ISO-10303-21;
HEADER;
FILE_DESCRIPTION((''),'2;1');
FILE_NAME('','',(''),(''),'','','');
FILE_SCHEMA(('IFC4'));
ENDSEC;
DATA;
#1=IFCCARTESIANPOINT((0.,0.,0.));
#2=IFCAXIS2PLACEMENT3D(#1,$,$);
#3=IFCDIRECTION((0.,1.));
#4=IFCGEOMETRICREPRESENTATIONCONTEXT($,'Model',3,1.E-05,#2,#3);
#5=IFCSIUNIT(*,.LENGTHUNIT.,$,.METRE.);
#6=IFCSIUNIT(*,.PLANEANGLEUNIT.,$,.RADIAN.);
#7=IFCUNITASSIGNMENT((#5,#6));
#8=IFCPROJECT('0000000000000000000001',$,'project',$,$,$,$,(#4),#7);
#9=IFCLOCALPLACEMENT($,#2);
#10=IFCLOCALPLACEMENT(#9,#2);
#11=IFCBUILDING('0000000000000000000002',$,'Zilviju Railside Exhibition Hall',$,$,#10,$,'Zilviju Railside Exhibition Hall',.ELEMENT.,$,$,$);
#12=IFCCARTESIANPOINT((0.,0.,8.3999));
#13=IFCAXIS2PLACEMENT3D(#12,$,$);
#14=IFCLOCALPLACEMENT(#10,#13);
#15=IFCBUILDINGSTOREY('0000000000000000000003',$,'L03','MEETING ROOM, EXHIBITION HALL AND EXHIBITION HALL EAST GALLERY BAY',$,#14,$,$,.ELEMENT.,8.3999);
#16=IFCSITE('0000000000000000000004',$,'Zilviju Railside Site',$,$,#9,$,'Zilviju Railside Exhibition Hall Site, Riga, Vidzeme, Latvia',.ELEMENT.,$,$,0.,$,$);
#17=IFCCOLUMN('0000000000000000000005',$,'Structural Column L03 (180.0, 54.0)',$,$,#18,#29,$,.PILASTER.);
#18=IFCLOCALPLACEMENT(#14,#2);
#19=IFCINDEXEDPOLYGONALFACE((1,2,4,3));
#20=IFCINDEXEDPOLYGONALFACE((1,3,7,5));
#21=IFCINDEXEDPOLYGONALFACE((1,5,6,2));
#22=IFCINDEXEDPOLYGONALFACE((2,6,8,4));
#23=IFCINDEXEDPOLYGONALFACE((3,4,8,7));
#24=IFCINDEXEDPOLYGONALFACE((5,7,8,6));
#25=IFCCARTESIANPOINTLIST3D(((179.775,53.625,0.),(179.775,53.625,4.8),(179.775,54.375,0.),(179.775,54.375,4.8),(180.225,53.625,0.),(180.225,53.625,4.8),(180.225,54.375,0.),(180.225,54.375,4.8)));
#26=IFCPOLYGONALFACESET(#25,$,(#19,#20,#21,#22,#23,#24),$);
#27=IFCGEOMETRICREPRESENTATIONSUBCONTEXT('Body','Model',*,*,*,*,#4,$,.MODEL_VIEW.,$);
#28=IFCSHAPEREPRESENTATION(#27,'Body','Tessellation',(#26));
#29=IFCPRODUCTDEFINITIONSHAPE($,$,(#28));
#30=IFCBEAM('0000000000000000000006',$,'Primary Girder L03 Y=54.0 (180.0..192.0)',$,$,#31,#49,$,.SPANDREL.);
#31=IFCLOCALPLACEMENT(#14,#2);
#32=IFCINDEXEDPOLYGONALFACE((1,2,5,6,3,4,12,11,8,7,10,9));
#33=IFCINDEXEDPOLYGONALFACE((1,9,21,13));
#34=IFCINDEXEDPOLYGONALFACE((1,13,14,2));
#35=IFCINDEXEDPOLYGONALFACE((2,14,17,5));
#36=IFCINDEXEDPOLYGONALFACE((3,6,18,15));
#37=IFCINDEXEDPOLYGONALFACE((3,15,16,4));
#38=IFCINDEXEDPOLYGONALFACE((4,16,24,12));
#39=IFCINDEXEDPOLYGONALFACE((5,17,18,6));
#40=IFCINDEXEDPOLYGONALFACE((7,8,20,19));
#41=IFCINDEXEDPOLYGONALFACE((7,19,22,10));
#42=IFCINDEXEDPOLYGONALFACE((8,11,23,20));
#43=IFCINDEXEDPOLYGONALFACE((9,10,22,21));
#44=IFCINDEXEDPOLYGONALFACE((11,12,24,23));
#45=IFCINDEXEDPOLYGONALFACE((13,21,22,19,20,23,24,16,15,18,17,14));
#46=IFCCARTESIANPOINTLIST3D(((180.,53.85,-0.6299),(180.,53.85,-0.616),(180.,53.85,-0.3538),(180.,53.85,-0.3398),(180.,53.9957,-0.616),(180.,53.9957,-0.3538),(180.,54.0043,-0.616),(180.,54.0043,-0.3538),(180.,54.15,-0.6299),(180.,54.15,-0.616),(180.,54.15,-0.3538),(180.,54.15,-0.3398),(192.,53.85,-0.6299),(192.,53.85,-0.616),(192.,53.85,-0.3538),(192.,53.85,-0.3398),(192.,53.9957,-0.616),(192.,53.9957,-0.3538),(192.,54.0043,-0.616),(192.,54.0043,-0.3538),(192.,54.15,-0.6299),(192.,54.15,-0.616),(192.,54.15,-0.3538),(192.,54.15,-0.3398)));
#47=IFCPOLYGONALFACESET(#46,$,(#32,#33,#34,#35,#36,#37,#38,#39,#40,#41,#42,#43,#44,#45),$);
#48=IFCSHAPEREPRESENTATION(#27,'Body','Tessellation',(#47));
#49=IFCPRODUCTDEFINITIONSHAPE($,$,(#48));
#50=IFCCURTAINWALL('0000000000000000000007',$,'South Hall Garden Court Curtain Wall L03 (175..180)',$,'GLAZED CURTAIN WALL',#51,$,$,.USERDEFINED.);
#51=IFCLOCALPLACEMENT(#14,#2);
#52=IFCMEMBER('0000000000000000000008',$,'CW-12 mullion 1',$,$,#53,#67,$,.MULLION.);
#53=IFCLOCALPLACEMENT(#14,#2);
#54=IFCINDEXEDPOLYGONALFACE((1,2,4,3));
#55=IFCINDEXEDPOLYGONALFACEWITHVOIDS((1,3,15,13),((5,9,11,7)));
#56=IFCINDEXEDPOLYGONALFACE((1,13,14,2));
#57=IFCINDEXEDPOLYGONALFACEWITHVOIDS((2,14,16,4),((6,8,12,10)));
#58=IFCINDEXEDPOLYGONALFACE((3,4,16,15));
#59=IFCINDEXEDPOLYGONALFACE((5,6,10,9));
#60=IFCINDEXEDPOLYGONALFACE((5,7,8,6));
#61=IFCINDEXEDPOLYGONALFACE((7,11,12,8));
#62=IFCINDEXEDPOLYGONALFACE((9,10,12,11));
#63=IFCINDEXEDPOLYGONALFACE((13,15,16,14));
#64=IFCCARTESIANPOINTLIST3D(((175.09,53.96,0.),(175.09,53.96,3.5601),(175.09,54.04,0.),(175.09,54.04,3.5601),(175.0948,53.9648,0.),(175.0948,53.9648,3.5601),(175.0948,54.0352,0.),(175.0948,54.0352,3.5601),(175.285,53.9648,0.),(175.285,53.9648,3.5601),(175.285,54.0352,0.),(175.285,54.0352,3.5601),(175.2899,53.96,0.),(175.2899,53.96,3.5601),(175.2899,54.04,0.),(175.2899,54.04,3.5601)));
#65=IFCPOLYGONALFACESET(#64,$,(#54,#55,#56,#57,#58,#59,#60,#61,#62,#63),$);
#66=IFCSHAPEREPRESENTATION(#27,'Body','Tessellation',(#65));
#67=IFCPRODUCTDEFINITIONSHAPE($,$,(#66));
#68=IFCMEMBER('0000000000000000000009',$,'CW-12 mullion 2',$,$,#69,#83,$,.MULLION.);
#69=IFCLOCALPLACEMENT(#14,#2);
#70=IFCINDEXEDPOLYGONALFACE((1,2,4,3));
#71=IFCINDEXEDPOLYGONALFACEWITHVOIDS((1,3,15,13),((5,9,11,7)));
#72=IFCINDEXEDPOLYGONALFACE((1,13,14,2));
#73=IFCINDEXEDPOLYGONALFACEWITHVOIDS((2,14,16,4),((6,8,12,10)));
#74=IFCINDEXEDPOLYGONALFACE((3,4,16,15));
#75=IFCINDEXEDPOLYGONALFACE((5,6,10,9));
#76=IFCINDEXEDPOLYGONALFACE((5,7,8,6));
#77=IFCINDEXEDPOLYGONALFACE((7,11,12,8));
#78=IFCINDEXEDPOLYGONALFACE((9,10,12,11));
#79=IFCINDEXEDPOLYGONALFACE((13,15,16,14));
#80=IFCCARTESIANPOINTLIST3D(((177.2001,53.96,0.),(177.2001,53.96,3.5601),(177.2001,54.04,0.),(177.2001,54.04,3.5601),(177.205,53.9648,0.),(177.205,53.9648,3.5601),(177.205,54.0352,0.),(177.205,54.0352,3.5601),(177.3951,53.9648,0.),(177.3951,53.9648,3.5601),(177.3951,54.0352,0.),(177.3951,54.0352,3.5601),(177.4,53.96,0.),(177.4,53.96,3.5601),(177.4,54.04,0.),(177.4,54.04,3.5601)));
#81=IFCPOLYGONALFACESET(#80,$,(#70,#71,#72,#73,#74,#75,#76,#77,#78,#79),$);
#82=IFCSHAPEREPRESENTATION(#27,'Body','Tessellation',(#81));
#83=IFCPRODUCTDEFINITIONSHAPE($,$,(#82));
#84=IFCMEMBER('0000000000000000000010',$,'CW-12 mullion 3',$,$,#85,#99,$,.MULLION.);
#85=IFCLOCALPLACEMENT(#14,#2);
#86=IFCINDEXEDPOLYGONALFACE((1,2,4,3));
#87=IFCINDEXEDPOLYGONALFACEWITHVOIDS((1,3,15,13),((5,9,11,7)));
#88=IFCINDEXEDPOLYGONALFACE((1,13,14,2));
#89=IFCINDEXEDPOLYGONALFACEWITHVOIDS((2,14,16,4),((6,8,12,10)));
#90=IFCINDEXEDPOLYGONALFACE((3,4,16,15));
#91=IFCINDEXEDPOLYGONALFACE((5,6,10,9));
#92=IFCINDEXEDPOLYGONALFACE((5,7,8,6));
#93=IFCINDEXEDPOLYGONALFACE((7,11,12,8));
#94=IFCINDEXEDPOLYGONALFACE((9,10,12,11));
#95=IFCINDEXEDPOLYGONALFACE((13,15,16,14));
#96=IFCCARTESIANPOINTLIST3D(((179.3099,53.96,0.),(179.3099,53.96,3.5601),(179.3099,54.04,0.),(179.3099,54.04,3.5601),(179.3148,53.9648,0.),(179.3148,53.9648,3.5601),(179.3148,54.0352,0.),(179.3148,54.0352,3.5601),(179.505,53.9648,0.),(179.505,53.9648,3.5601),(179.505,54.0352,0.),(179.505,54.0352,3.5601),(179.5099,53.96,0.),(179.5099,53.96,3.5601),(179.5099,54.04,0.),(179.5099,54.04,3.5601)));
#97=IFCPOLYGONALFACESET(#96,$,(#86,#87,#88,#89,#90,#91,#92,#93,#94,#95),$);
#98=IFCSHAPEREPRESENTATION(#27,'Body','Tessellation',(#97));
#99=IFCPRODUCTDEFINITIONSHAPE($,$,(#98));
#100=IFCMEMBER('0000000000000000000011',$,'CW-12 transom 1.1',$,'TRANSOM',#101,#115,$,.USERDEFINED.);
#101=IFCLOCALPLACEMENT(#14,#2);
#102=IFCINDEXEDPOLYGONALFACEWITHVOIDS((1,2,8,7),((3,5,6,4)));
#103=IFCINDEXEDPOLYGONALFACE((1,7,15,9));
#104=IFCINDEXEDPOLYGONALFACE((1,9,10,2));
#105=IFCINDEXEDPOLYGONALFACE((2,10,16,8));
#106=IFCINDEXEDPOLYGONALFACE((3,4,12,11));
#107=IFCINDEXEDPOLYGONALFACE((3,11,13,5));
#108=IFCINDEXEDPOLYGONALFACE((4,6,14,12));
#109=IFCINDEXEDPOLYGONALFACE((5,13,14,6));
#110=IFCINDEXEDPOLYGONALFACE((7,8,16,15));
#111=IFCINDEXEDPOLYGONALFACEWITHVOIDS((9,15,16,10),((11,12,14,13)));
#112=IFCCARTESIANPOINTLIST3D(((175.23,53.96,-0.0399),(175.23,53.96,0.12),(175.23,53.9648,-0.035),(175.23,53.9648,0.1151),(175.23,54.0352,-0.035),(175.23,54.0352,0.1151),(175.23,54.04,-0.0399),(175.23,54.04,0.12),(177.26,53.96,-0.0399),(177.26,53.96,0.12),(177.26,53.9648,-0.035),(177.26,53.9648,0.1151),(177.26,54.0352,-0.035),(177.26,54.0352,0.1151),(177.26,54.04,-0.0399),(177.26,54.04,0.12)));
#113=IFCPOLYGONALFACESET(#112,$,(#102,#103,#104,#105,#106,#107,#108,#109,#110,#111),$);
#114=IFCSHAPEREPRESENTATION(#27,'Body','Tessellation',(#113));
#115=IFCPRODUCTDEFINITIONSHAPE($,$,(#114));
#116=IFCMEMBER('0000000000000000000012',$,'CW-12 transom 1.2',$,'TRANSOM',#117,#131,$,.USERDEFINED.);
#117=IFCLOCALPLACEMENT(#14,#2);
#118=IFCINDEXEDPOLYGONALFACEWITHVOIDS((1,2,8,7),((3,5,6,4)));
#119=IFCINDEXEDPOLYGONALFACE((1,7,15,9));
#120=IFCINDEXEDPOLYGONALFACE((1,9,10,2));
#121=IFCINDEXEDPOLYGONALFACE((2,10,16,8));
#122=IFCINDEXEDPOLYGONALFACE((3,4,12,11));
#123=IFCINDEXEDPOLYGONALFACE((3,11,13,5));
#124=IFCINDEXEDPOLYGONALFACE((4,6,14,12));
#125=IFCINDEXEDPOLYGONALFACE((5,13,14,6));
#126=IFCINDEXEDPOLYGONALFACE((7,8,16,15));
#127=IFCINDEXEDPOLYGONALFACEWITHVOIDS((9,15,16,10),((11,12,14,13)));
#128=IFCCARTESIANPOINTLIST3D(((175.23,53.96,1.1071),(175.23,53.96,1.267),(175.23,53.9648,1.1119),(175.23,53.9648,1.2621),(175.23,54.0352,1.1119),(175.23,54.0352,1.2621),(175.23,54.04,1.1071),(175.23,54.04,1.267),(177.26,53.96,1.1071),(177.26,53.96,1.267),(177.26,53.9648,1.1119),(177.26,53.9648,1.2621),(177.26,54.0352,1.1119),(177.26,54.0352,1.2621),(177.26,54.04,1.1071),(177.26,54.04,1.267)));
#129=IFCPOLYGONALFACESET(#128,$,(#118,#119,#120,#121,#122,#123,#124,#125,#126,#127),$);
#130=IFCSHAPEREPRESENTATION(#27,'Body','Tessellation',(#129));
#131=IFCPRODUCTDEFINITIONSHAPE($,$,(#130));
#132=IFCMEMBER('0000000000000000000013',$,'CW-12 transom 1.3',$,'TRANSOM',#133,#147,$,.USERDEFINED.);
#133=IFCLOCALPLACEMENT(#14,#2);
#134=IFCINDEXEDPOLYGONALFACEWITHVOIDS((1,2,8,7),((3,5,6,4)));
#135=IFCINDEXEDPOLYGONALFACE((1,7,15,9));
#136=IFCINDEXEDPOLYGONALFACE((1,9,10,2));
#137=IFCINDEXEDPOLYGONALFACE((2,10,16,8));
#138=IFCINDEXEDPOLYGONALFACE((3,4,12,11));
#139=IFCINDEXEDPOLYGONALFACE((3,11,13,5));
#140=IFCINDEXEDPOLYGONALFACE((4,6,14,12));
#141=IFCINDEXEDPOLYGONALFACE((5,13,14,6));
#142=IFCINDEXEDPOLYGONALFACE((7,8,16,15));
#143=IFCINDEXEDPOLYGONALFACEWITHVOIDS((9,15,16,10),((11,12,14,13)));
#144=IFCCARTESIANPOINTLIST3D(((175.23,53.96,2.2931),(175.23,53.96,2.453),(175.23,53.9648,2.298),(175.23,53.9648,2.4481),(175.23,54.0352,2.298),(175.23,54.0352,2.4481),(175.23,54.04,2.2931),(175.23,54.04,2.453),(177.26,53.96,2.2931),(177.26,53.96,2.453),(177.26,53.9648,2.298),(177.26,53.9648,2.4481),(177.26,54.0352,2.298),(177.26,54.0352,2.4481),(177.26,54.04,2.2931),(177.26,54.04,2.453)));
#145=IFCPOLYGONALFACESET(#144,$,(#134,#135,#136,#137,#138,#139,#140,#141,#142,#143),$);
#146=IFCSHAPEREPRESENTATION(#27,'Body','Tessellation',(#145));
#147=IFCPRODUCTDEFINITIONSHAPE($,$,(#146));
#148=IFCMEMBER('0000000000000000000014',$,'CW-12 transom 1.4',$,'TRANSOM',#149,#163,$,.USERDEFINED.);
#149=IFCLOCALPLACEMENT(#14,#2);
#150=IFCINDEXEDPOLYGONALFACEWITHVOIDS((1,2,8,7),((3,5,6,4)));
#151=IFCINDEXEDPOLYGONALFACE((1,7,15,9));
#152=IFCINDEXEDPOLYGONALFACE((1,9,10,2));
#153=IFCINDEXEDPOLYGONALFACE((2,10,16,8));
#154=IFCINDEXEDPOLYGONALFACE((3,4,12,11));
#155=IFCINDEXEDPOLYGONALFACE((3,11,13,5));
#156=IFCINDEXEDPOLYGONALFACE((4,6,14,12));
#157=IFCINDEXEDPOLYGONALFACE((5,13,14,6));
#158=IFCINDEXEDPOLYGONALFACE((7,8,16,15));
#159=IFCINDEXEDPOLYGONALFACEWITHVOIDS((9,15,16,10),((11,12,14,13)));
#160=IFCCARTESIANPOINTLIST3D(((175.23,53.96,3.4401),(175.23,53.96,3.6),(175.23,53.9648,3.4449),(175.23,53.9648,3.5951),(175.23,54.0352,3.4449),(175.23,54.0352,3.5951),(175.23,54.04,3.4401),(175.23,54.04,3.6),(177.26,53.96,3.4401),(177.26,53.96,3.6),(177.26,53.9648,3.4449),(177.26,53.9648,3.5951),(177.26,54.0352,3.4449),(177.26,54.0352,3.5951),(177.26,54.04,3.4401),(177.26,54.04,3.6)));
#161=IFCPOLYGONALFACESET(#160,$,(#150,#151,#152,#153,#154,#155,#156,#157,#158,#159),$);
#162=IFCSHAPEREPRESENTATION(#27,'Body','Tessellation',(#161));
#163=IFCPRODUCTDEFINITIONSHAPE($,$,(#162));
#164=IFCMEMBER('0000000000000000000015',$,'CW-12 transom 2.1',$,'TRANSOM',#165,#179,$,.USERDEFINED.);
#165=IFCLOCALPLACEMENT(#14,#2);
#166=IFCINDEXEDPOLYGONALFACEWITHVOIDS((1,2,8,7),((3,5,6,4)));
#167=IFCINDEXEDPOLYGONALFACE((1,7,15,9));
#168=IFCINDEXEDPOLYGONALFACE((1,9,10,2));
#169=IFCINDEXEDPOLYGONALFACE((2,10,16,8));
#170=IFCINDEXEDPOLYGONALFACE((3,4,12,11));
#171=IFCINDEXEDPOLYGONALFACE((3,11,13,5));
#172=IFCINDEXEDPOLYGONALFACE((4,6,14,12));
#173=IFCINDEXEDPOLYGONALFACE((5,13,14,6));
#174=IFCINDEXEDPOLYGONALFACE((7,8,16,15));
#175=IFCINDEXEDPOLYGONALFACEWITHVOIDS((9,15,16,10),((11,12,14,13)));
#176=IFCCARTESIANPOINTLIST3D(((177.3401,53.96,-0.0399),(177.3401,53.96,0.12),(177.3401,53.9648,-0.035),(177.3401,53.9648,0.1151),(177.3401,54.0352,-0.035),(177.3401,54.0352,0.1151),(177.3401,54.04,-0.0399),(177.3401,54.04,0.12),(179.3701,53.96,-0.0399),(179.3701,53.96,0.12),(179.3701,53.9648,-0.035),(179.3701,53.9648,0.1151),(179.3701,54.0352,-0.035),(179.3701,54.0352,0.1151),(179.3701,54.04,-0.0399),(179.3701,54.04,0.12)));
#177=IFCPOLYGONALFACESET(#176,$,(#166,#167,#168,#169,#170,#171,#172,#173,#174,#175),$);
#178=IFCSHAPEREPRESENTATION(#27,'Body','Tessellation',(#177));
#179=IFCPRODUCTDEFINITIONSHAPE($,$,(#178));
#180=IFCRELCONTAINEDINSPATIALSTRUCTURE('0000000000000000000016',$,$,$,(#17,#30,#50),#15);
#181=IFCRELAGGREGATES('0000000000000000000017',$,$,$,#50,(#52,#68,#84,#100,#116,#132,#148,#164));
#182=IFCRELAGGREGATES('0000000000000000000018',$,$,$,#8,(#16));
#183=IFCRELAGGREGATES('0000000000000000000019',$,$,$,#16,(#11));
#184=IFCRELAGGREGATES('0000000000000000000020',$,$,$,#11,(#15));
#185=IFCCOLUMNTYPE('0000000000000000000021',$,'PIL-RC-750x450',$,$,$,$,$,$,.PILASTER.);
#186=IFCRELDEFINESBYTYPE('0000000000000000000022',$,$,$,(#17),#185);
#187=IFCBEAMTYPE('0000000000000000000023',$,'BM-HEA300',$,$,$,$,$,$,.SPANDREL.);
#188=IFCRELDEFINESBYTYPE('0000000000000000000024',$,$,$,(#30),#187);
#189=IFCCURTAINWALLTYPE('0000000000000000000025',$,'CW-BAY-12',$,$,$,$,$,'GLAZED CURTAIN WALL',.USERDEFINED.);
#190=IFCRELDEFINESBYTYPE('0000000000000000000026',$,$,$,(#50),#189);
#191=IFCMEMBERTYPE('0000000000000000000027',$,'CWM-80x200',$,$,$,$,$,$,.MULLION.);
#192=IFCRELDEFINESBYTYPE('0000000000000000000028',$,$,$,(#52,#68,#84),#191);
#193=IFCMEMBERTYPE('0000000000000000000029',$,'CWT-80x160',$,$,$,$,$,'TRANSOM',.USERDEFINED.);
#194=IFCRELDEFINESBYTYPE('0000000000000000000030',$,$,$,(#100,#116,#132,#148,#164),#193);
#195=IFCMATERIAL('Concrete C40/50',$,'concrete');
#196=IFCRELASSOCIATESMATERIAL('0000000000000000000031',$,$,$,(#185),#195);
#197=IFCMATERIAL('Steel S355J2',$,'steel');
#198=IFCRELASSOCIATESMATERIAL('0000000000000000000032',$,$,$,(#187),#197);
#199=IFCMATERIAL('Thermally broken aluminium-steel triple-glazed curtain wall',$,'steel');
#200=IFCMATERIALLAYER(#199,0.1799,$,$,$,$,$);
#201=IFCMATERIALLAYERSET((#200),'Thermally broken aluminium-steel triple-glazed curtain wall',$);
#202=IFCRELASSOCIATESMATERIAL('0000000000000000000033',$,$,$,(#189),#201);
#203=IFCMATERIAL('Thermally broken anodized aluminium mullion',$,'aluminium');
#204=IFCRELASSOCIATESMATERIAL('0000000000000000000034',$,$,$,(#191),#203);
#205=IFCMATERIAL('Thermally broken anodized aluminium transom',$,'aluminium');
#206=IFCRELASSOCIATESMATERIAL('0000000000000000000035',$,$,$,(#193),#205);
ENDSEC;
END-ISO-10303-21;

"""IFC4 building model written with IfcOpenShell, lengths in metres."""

from ifc_helpers import new_model, si_unit, direction, frame, origin, origin_2d, place, context, subcontext, project, spatial, rectangle, hollow_rectangle, i_section, extrude, material, layer, layer_set, material_profile, profile_set, type_object, element, aggregate, save


model = new_model("IFC4")

# Units and contexts
model_context = context("Model", 3, precision=1e-05, world=origin(), true_north=direction((0.0, 1.0)))
body_context = subcontext(model_context, "Body", "Model", "MODEL_VIEW")
ifc_project = project(units=[si_unit("LENGTHUNIT", "METRE"), si_unit("PLANEANGLEUNIT", "RADIAN")], contexts=[model_context])

# Site, building, storey
site_placement = place(None, origin())
site = spatial("IfcSite", under=ifc_project, at=site_placement, Name="Zilviju Railside Site", LongName="Zilviju Railside Exhibition Hall Site, Riga, Vidzeme, Latvia", CompositionType="ELEMENT", RefElevation=0.0)
building_placement = place(site_placement, origin())
building = spatial("IfcBuilding", under=site, at=building_placement, Name="Zilviju Railside Exhibition Hall", LongName="Zilviju Railside Exhibition Hall", CompositionType="ELEMENT")
storey_placement = place(building_placement, frame((0.0, 0.0, 8.3999)))
storey = spatial("IfcBuildingStorey", under=building, at=storey_placement, Name="L03", Description="MEETING ROOM, EXHIBITION HALL AND EXHIBITION HALL EAST GALLERY BAY", CompositionType="ELEMENT", Elevation=8.3999)

# Column
ifc_material_1 = material(Name="Concrete C40/50", Category="concrete")
ifc_material_profile_1 = material_profile(ifc_material_1, rectangle(XDim=0.45, YDim=0.75, at=origin_2d()), Name="RC COL 450x750")
ifc_profile_set_1 = profile_set([ifc_material_profile_1], Name="Concrete C40/50")
column_type = type_object("IfcColumnType", Name="PIL-RC-750x450", PredefinedType="PILASTER", material=ifc_profile_set_1)
column_placement = place(storey_placement, frame((180.0, 54.0, 0.0), z_axis=(0.0, 0.0, 1.0), x_axis=(1.0, 0.0, 0.0)))
element("IfcColumn", 1, at=column_placement, inside=storey, type_object=column_type, Name="Structural Column L03 (180.0, 54.0)", PredefinedType="PILASTER", context=body_context, shape_type="SweptSolid", body=[
    extrude(rectangle(XDim=0.45, YDim=0.75, at=origin_2d()), origin(), (0.0, 0.0, 1.0), 4.8),
])

# Beam
ifc_material_2 = material(Name="Steel S355J2", Category="steel")
ifc_material_profile_2 = material_profile(ifc_material_2, i_section(OverallWidth=0.3, OverallDepth=0.29, WebThickness=0.0085, FlangeThickness=0.0139, at=origin_2d()), Name="HEA 300")
ifc_profile_set_2 = profile_set([ifc_material_profile_2], Name="Steel S355J2")
beam_type = type_object("IfcBeamType", Name="BM-HEA300", PredefinedType="SPANDREL", material=ifc_profile_set_2)
beam_placement = place(storey_placement, frame((180.0, 54.0, -0.4849), z_axis=(1.0, 0.0, 0.0), x_axis=(0.0, 1.0, 0.0)))
element("IfcBeam", 2, at=beam_placement, inside=storey, type_object=beam_type, Name="Primary Girder L03 Y=54.0 (180.0..192.0)", PredefinedType="SPANDREL", context=body_context, shape_type="SweptSolid", body=[
    extrude(i_section(OverallWidth=0.3, OverallDepth=0.29, WebThickness=0.0085, FlangeThickness=0.0139, at=origin_2d()), origin(), (0.0, 0.0, 1.0), 12.0),
])

# Curtain wall, members
ifc_material_3 = material(Name="Thermally broken aluminium-steel triple-glazed curtain wall", Category="steel")
ifc_layer_1 = layer(ifc_material_3, 0.1799)
ifc_layer_set_1 = layer_set([ifc_layer_1], Name="Thermally broken aluminium-steel triple-glazed curtain wall")
curtain_wall_type = type_object("IfcCurtainWallType", Name="CW-BAY-12", ElementType="GLAZED CURTAIN WALL", PredefinedType="USERDEFINED", material=ifc_layer_set_1)
curtain_wall_placement = place(storey_placement, origin())
curtain_wall = element("IfcCurtainWall", 3, at=curtain_wall_placement, inside=storey, type_object=curtain_wall_type, Name="South Hall Garden Court Curtain Wall L03 (175..180)", ObjectType="GLAZED CURTAIN WALL", PredefinedType="USERDEFINED")
ifc_material_4 = material(Name="Thermally broken anodized aluminium mullion", Category="aluminium")
ifc_material_profile_3 = material_profile(ifc_material_4, hollow_rectangle(XDim=0.0801, YDim=0.2, WallThickness=0.0049, at=origin_2d()), Name="MULLION 200x80x5")
ifc_profile_set_3 = profile_set([ifc_material_profile_3], Name="Thermally broken anodized aluminium mullion")
member_type_1 = type_object("IfcMemberType", Name="CWM-80x200", PredefinedType="MULLION", material=ifc_profile_set_3)
member_1_placement = place(storey_placement, frame((175.1899, 54.0, 0.0), z_axis=(0.0, 0.0, 1.0), x_axis=(0.0, 1.0, 0.0)))
member_1 = element("IfcMember", 4, at=member_1_placement, type_object=member_type_1, Name="CW-12 mullion 1", PredefinedType="MULLION", context=body_context, shape_type="SweptSolid", body=[
    extrude(hollow_rectangle(XDim=0.0801, YDim=0.2, WallThickness=0.0049, at=origin_2d()), origin(), (0.0, 0.0, 1.0), 3.5601),
])
member_2_placement = place(storey_placement, frame((177.3, 54.0, 0.0), z_axis=(0.0, 0.0, 1.0), x_axis=(0.0, 1.0, 0.0)))
member_2 = element("IfcMember", 5, at=member_2_placement, type_object=member_type_1, Name="CW-12 mullion 2", PredefinedType="MULLION", context=body_context, shape_type="SweptSolid", body=[
    extrude(hollow_rectangle(XDim=0.0801, YDim=0.2, WallThickness=0.0049, at=origin_2d()), origin(), (0.0, 0.0, 1.0), 3.5601),
])
member_3_placement = place(storey_placement, frame((179.4099, 54.0, 0.0), z_axis=(0.0, 0.0, 1.0), x_axis=(0.0, 1.0, 0.0)))
member_3 = element("IfcMember", 6, at=member_3_placement, type_object=member_type_1, Name="CW-12 mullion 3", PredefinedType="MULLION", context=body_context, shape_type="SweptSolid", body=[
    extrude(hollow_rectangle(XDim=0.0801, YDim=0.2, WallThickness=0.0049, at=origin_2d()), origin(), (0.0, 0.0, 1.0), 3.5601),
])
ifc_material_5 = material(Name="Thermally broken anodized aluminium transom", Category="aluminium")
ifc_material_profile_4 = material_profile(ifc_material_5, hollow_rectangle(XDim=0.0801, YDim=0.1599, WallThickness=0.0049, at=origin_2d()), Name="TRANSOM 160x80x5")
ifc_profile_set_4 = profile_set([ifc_material_profile_4], Name="Thermally broken anodized aluminium transom")
member_type_2 = type_object("IfcMemberType", Name="CWT-80x160", ElementType="TRANSOM", PredefinedType="USERDEFINED", material=ifc_profile_set_4)
member_4_placement = place(storey_placement, frame((175.23, 54.0, 0.04), z_axis=(1.0, 0.0, 0.0), x_axis=(0.0, 1.0, 0.0)))
member_4 = element("IfcMember", 7, at=member_4_placement, type_object=member_type_2, Name="CW-12 transom 1.1", ObjectType="TRANSOM", PredefinedType="USERDEFINED", context=body_context, shape_type="SweptSolid", body=[
    extrude(hollow_rectangle(XDim=0.0801, YDim=0.1599, WallThickness=0.0049, at=origin_2d()), origin(), (0.0, 0.0, 1.0), 2.03),
])
member_5_placement = place(storey_placement, frame((175.23, 54.0, 1.187), z_axis=(1.0, 0.0, 0.0), x_axis=(0.0, 1.0, 0.0)))
member_5 = element("IfcMember", 8, at=member_5_placement, type_object=member_type_2, Name="CW-12 transom 1.2", ObjectType="TRANSOM", PredefinedType="USERDEFINED", context=body_context, shape_type="SweptSolid", body=[
    extrude(hollow_rectangle(XDim=0.0801, YDim=0.1599, WallThickness=0.0049, at=origin_2d()), origin(), (0.0, 0.0, 1.0), 2.03),
])
member_6_placement = place(storey_placement, frame((175.23, 54.0, 2.373), z_axis=(1.0, 0.0, 0.0), x_axis=(0.0, 1.0, 0.0)))
member_6 = element("IfcMember", 9, at=member_6_placement, type_object=member_type_2, Name="CW-12 transom 1.3", ObjectType="TRANSOM", PredefinedType="USERDEFINED", context=body_context, shape_type="SweptSolid", body=[
    extrude(hollow_rectangle(XDim=0.0801, YDim=0.1599, WallThickness=0.0049, at=origin_2d()), origin(), (0.0, 0.0, 1.0), 2.03),
])
member_7_placement = place(storey_placement, frame((175.23, 54.0, 3.52), z_axis=(1.0, 0.0, 0.0), x_axis=(0.0, 1.0, 0.0)))
member_7 = element("IfcMember", 10, at=member_7_placement, type_object=member_type_2, Name="CW-12 transom 1.4", ObjectType="TRANSOM", PredefinedType="USERDEFINED", context=body_context, shape_type="SweptSolid", body=[
    extrude(hollow_rectangle(XDim=0.0801, YDim=0.1599, WallThickness=0.0049, at=origin_2d()), origin(), (0.0, 0.0, 1.0), 2.03),
])
member_8_placement = place(storey_placement, frame((177.3401, 54.0, 0.04), z_axis=(1.0, 0.0, 0.0), x_axis=(0.0, 1.0, 0.0)))
member_8 = element("IfcMember", 11, at=member_8_placement, type_object=member_type_2, Name="CW-12 transom 2.1", ObjectType="TRANSOM", PredefinedType="USERDEFINED", context=body_context, shape_type="SweptSolid", body=[
    extrude(hollow_rectangle(XDim=0.0801, YDim=0.1599, WallThickness=0.0049, at=origin_2d()), origin(), (0.0, 0.0, 1.0), 2.03),
])
aggregate(curtain_wall, [member_1, member_2, member_3, member_4, member_5, member_6, member_7, member_8])

save(model, "model.ifc")
